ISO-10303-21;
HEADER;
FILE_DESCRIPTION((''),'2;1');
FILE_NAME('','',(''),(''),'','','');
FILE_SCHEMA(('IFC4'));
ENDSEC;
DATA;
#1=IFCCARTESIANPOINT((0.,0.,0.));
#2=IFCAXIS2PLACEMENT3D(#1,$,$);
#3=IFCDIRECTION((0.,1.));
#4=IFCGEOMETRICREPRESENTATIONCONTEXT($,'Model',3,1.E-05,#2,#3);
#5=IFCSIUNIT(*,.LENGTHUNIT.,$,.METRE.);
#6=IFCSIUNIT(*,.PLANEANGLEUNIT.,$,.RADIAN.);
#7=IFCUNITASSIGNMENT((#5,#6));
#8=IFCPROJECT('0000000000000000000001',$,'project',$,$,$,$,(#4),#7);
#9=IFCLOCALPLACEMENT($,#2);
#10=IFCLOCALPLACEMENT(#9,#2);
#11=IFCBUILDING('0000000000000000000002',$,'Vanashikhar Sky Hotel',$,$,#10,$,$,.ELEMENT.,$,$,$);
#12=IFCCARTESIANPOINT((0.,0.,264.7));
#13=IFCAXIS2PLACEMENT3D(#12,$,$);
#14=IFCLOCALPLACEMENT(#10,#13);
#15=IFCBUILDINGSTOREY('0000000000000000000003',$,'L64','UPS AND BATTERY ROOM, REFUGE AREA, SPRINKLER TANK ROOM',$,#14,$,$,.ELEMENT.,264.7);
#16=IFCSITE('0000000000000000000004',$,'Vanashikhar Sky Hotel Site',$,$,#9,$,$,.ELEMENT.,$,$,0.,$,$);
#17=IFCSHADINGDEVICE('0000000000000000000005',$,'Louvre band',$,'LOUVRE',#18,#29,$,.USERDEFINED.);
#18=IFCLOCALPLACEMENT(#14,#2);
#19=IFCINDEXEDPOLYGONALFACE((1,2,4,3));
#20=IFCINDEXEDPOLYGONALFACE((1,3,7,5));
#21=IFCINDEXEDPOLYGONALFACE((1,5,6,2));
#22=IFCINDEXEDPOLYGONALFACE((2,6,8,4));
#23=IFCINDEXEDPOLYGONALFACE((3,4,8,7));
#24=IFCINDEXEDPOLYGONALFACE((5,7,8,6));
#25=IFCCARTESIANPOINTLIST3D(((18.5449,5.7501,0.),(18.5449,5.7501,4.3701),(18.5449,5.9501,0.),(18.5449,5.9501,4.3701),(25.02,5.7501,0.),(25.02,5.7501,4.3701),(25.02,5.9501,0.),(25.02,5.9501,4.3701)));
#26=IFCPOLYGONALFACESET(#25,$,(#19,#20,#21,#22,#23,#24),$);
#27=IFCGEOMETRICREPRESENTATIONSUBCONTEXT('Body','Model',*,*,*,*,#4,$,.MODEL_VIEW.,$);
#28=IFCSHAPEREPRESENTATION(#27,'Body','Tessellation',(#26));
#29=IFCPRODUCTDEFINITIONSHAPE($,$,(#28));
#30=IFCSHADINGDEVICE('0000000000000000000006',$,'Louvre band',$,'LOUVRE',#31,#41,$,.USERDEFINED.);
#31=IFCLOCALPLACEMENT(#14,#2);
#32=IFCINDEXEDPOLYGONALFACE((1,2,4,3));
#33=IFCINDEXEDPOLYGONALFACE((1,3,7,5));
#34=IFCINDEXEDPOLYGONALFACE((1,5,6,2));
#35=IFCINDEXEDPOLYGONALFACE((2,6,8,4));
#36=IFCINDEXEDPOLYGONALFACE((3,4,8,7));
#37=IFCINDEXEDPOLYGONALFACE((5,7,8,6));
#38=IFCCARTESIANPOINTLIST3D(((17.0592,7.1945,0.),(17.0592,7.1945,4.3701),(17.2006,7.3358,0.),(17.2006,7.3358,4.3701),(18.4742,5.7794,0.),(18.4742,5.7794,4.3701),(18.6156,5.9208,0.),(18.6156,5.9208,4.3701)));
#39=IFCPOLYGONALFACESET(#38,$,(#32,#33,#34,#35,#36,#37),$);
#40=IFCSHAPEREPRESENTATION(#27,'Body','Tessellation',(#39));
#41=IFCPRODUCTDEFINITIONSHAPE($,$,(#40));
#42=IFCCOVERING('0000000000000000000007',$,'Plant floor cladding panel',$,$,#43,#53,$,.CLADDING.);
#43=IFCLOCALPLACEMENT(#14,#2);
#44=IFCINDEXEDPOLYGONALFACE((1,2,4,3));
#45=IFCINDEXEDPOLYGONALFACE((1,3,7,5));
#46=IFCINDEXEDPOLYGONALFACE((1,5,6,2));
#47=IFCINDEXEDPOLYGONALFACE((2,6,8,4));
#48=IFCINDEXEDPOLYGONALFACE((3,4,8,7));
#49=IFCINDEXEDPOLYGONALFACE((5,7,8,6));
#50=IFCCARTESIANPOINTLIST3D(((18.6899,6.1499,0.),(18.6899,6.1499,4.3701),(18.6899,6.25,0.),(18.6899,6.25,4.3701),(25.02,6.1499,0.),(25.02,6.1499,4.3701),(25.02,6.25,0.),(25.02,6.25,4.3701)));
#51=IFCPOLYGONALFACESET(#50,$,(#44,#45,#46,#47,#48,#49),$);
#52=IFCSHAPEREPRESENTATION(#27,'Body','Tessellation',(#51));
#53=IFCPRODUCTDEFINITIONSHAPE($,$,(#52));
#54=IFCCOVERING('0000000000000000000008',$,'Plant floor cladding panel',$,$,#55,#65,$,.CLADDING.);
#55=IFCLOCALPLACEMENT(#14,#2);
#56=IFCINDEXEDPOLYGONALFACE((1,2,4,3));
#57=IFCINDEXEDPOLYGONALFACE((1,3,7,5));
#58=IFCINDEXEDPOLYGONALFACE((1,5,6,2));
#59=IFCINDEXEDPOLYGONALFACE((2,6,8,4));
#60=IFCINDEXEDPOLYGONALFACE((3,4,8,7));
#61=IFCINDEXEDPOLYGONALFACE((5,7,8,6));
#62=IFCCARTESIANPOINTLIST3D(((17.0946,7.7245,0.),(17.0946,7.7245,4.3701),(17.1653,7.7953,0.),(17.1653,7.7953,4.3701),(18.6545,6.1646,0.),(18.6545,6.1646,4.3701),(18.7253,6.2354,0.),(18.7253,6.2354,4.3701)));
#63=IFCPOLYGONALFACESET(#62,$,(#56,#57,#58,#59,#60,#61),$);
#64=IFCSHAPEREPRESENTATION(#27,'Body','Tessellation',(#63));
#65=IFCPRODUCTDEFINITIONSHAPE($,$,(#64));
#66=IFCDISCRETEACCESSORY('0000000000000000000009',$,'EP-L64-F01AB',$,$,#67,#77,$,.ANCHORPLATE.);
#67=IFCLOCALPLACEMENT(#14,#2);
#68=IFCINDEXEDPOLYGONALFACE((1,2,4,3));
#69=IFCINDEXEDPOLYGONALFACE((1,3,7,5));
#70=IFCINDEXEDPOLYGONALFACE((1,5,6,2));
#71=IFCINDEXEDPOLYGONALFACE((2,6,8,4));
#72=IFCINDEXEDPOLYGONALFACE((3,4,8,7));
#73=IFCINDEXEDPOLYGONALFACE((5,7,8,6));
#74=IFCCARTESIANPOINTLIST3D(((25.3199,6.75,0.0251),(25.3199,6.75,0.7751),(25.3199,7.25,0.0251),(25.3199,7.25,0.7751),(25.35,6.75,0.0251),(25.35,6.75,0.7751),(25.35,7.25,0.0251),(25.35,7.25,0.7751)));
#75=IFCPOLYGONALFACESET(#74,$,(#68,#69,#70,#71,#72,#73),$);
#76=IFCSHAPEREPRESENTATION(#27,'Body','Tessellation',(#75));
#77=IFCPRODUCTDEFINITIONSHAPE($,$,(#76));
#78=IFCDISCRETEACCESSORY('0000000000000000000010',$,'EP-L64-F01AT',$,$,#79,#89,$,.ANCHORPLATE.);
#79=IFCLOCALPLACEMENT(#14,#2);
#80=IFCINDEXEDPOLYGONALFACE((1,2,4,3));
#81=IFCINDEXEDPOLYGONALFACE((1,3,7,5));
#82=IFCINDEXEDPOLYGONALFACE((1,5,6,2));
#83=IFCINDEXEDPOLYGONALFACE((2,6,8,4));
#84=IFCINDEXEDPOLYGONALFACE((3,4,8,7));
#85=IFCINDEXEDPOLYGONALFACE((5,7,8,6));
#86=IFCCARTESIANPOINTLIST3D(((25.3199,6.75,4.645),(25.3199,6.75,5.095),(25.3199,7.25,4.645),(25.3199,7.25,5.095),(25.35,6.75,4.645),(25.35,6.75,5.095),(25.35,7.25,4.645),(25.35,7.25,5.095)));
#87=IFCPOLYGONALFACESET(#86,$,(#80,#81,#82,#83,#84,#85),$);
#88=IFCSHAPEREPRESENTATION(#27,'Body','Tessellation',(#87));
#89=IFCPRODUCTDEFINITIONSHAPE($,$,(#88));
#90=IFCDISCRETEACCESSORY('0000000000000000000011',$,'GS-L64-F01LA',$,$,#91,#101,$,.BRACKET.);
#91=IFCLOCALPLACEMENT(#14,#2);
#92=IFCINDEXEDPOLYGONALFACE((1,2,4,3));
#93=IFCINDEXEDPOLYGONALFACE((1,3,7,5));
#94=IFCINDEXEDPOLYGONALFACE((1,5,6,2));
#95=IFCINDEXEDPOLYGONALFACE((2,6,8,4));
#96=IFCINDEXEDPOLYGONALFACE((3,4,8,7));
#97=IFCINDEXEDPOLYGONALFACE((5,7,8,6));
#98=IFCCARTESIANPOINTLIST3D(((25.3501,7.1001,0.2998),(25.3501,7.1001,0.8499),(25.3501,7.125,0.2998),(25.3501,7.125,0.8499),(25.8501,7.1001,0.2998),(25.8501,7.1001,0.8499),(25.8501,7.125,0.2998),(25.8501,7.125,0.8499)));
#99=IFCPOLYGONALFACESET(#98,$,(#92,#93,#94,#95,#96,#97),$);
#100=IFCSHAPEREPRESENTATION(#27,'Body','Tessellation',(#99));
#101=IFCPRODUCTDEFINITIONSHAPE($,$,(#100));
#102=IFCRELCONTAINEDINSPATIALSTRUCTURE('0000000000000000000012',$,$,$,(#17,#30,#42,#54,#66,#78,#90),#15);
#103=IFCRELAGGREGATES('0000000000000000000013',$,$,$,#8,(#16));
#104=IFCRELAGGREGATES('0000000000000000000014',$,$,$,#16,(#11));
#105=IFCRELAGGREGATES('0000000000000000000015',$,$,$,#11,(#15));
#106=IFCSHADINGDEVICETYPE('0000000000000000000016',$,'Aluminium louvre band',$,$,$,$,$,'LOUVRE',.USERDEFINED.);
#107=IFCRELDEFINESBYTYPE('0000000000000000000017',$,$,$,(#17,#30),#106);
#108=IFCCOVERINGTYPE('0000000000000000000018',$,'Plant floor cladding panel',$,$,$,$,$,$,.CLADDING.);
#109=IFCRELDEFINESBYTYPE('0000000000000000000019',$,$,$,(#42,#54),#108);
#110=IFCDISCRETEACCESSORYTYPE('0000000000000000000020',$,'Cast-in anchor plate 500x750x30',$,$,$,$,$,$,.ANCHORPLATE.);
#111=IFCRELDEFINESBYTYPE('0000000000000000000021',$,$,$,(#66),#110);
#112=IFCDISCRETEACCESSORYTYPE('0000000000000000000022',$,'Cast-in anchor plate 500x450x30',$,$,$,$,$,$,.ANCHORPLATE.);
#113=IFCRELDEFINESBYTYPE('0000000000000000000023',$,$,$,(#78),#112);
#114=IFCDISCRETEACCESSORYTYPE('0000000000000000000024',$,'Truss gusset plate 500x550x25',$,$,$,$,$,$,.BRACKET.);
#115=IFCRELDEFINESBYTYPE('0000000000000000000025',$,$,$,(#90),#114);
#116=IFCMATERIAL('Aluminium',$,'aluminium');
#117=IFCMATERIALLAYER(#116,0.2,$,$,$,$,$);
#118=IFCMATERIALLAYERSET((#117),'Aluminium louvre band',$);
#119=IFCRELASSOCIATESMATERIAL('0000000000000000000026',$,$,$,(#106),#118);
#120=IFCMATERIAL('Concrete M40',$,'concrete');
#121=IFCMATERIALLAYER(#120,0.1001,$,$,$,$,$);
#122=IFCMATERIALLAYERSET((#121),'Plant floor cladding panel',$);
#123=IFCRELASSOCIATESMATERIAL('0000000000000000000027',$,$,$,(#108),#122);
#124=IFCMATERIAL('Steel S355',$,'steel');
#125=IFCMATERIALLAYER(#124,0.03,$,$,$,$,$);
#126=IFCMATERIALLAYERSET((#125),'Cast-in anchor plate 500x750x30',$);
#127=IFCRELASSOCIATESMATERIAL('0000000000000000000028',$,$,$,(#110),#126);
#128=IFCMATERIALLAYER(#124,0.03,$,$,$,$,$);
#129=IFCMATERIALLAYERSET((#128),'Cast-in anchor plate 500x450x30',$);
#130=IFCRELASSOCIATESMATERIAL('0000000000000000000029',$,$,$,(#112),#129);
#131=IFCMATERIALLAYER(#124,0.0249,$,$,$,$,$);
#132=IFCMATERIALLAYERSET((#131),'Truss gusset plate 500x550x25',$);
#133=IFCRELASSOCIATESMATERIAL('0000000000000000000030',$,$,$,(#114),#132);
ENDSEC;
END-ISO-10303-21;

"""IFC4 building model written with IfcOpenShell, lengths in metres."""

from ifc_helpers import new_model, si_unit, direction, frame, origin, origin_2d, place, context, subcontext, project, spatial, rectangle, extrude, source, transform, mapped, material, layer, layer_set, type_object, element, save


model = new_model("IFC4")

# Units and contexts
model_context = context("Model", 3, precision=1e-05, world=origin(), true_north=direction((0.0, 1.0)))
body_context = subcontext(model_context, "Body", "Model", "MODEL_VIEW")
ifc_project = project(units=[si_unit("LENGTHUNIT", "METRE"), si_unit("PLANEANGLEUNIT", "RADIAN")], contexts=[model_context])

# Site, building, storey
site_placement = place(None, origin())
site = spatial("IfcSite", under=ifc_project, at=site_placement, Name="Vanashikhar Sky Hotel Site", CompositionType="ELEMENT", RefElevation=0.0)
building_placement = place(site_placement, origin())
building = spatial("IfcBuilding", under=site, at=building_placement, Name="Vanashikhar Sky Hotel", CompositionType="ELEMENT")
storey_placement = place(building_placement, frame((0.0, 0.0, 264.7)))
storey = spatial("IfcBuildingStorey", under=building, at=storey_placement, Name="L64", Description="UPS AND BATTERY ROOM, REFUGE AREA, SPRINKLER TANK ROOM", CompositionType="ELEMENT", Elevation=264.7)

# Shared definitions
ifc_material_1 = material(Name="Steel S355", Category="steel")

# Shading devices
ifc_material_2 = material(Name="Aluminium", Category="aluminium")
ifc_layer_1 = layer(ifc_material_2, 0.2)
ifc_layer_set_1 = layer_set([ifc_layer_1], Name="Aluminium louvre band")
shading_device_type = type_object("IfcShadingDeviceType", Name="Aluminium louvre band", ElementType="LOUVRE", PredefinedType="USERDEFINED", material=ifc_layer_set_1)
shared_shape_1 = source(origin(), body_context, "Body", "SweptSolid", [
    extrude(rectangle(XDim=6.4751, YDim=0.2, at=origin_2d()), origin(), (0.0, 0.0, 1.0), 4.3701),
])
shading_device_1_placement = place(storey_placement, frame((21.7825, 5.8501, 0.0), z_axis=(0.0, 0.0, 1.0), x_axis=(1.0, 0.0, 0.0)))
element("IfcShadingDevice", 1, at=shading_device_1_placement, inside=storey, type_object=shading_device_type, Name="Louvre band", ObjectType="LOUVRE", PredefinedType="USERDEFINED", context=body_context, shape_type="MappedRepresentation", body=[
    mapped(shared_shape_1, transform((0.0, 0.0, 0.0), scale=1.0)),
])
shared_shape_2 = source(origin(), body_context, "Body", "SweptSolid", [
    extrude(rectangle(XDim=2.0012, YDim=0.2, at=origin_2d()), origin(), (0.0, 0.0, 1.0), 4.3701),
])
shading_device_2_placement = place(storey_placement, frame((17.8374, 6.5576, 0.0), z_axis=(0.0, 0.0, 1.0), x_axis=(0.707107, -0.707107, 0.0)))
element("IfcShadingDevice", 2, at=shading_device_2_placement, inside=storey, type_object=shading_device_type, Name="Louvre band", ObjectType="LOUVRE", PredefinedType="USERDEFINED", context=body_context, shape_type="MappedRepresentation", body=[
    mapped(shared_shape_2, transform((0.0, 0.0, 0.0), scale=1.0)),
])

# Coverings
ifc_material_3 = material(Name="Concrete M40", Category="concrete")
ifc_layer_2 = layer(ifc_material_3, 0.1001)
ifc_layer_set_2 = layer_set([ifc_layer_2], Name="Plant floor cladding panel")
covering_type = type_object("IfcCoveringType", Name="Plant floor cladding panel", PredefinedType="CLADDING", material=ifc_layer_set_2)
shared_shape_3 = source(origin(), body_context, "Body", "SweptSolid", [
    extrude(rectangle(XDim=6.3301, YDim=0.1001, at=origin_2d()), origin(), (0.0, 0.0, 1.0), 4.3701),
])
covering_1_placement = place(storey_placement, frame((21.855, 6.2, 0.0), z_axis=(0.0, 0.0, 1.0), x_axis=(1.0, 0.0, 0.0)))
element("IfcCovering", 3, at=covering_1_placement, inside=storey, type_object=covering_type, Name="Plant floor cladding panel", PredefinedType="CLADDING", context=body_context, shape_type="MappedRepresentation", body=[
    mapped(shared_shape_3, transform((0.0, 0.0, 0.0), scale=1.0)),
])
shared_shape_4 = source(origin(), body_context, "Body", "SweptSolid", [
    extrude(rectangle(XDim=2.2061, YDim=0.1001, at=origin_2d()), origin(), (0.0, 0.0, 1.0), 4.3701),
])
covering_2_placement = place(storey_placement, frame((17.9099, 6.98, 0.0), z_axis=(0.0, 0.0, 1.0), x_axis=(0.707107, -0.707107, 0.0)))
element("IfcCovering", 4, at=covering_2_placement, inside=storey, type_object=covering_type, Name="Plant floor cladding panel", PredefinedType="CLADDING", context=body_context, shape_type="MappedRepresentation", body=[
    mapped(shared_shape_4, transform((0.0, 0.0, 0.0), scale=1.0)),
])

# Discrete accessories
ifc_layer_3 = layer(ifc_material_1, 0.03)
ifc_layer_set_3 = layer_set([ifc_layer_3], Name="Cast-in anchor plate 500x750x30")
discrete_accessory_type_1 = type_object("IfcDiscreteAccessoryType", Name="Cast-in anchor plate 500x750x30", PredefinedType="ANCHORPLATE", material=ifc_layer_set_3)
shared_shape_5 = source(origin(), body_context, "Body", "SweptSolid", [
    extrude(rectangle(XDim=0.03, YDim=0.5, at=origin_2d()), origin(), (0.0, 0.0, 1.0), 0.75),
])
discrete_accessory_1_placement = place(storey_placement, frame((25.335, 7.0, 0.0251), z_axis=(0.0, 0.0, 1.0), x_axis=(1.0, 0.0, 0.0)))
element("IfcDiscreteAccessory", 5, at=discrete_accessory_1_placement, inside=storey, type_object=discrete_accessory_type_1, Name="EP-L64-F01AB", PredefinedType="ANCHORPLATE", context=body_context, shape_type="MappedRepresentation", body=[
    mapped(shared_shape_5, transform((0.0, 0.0, 0.0), scale=1.0)),
])
ifc_layer_4 = layer(ifc_material_1, 0.03)
ifc_layer_set_4 = layer_set([ifc_layer_4], Name="Cast-in anchor plate 500x450x30")
discrete_accessory_type_2 = type_object("IfcDiscreteAccessoryType", Name="Cast-in anchor plate 500x450x30", PredefinedType="ANCHORPLATE", material=ifc_layer_set_4)
shared_shape_6 = source(origin(), body_context, "Body", "SweptSolid", [
    extrude(rectangle(XDim=0.03, YDim=0.5, at=origin_2d()), origin(), (0.0, 0.0, 1.0), 0.45),
])
discrete_accessory_2_placement = place(storey_placement, frame((25.335, 7.0, 4.645), z_axis=(0.0, 0.0, 1.0), x_axis=(1.0, 0.0, 0.0)))
element("IfcDiscreteAccessory", 6, at=discrete_accessory_2_placement, inside=storey, type_object=discrete_accessory_type_2, Name="EP-L64-F01AT", PredefinedType="ANCHORPLATE", context=body_context, shape_type="MappedRepresentation", body=[
    mapped(shared_shape_6, transform((0.0, 0.0, 0.0), scale=1.0)),
])
ifc_layer_5 = layer(ifc_material_1, 0.0249)
ifc_layer_set_5 = layer_set([ifc_layer_5], Name="Truss gusset plate 500x550x25")
discrete_accessory_type_3 = type_object("IfcDiscreteAccessoryType", Name="Truss gusset plate 500x550x25", PredefinedType="BRACKET", material=ifc_layer_set_5)
shared_shape_7 = source(origin(), body_context, "Body", "SweptSolid", [
    extrude(rectangle(XDim=0.5, YDim=0.0249, at=origin_2d()), origin(), (0.0, 0.0, 1.0), 0.55),
])
discrete_accessory_3_placement = place(storey_placement, frame((25.6001, 7.1125, 0.2998), z_axis=(0.0, 0.0, 1.0), x_axis=(1.0, 0.0, 0.0)))
element("IfcDiscreteAccessory", 7, at=discrete_accessory_3_placement, inside=storey, type_object=discrete_accessory_type_3, Name="GS-L64-F01LA", PredefinedType="BRACKET", context=body_context, shape_type="MappedRepresentation", body=[
    mapped(shared_shape_7, transform((0.0, 0.0, 0.0), scale=1.0)),
])

save(model, "model.ifc")
